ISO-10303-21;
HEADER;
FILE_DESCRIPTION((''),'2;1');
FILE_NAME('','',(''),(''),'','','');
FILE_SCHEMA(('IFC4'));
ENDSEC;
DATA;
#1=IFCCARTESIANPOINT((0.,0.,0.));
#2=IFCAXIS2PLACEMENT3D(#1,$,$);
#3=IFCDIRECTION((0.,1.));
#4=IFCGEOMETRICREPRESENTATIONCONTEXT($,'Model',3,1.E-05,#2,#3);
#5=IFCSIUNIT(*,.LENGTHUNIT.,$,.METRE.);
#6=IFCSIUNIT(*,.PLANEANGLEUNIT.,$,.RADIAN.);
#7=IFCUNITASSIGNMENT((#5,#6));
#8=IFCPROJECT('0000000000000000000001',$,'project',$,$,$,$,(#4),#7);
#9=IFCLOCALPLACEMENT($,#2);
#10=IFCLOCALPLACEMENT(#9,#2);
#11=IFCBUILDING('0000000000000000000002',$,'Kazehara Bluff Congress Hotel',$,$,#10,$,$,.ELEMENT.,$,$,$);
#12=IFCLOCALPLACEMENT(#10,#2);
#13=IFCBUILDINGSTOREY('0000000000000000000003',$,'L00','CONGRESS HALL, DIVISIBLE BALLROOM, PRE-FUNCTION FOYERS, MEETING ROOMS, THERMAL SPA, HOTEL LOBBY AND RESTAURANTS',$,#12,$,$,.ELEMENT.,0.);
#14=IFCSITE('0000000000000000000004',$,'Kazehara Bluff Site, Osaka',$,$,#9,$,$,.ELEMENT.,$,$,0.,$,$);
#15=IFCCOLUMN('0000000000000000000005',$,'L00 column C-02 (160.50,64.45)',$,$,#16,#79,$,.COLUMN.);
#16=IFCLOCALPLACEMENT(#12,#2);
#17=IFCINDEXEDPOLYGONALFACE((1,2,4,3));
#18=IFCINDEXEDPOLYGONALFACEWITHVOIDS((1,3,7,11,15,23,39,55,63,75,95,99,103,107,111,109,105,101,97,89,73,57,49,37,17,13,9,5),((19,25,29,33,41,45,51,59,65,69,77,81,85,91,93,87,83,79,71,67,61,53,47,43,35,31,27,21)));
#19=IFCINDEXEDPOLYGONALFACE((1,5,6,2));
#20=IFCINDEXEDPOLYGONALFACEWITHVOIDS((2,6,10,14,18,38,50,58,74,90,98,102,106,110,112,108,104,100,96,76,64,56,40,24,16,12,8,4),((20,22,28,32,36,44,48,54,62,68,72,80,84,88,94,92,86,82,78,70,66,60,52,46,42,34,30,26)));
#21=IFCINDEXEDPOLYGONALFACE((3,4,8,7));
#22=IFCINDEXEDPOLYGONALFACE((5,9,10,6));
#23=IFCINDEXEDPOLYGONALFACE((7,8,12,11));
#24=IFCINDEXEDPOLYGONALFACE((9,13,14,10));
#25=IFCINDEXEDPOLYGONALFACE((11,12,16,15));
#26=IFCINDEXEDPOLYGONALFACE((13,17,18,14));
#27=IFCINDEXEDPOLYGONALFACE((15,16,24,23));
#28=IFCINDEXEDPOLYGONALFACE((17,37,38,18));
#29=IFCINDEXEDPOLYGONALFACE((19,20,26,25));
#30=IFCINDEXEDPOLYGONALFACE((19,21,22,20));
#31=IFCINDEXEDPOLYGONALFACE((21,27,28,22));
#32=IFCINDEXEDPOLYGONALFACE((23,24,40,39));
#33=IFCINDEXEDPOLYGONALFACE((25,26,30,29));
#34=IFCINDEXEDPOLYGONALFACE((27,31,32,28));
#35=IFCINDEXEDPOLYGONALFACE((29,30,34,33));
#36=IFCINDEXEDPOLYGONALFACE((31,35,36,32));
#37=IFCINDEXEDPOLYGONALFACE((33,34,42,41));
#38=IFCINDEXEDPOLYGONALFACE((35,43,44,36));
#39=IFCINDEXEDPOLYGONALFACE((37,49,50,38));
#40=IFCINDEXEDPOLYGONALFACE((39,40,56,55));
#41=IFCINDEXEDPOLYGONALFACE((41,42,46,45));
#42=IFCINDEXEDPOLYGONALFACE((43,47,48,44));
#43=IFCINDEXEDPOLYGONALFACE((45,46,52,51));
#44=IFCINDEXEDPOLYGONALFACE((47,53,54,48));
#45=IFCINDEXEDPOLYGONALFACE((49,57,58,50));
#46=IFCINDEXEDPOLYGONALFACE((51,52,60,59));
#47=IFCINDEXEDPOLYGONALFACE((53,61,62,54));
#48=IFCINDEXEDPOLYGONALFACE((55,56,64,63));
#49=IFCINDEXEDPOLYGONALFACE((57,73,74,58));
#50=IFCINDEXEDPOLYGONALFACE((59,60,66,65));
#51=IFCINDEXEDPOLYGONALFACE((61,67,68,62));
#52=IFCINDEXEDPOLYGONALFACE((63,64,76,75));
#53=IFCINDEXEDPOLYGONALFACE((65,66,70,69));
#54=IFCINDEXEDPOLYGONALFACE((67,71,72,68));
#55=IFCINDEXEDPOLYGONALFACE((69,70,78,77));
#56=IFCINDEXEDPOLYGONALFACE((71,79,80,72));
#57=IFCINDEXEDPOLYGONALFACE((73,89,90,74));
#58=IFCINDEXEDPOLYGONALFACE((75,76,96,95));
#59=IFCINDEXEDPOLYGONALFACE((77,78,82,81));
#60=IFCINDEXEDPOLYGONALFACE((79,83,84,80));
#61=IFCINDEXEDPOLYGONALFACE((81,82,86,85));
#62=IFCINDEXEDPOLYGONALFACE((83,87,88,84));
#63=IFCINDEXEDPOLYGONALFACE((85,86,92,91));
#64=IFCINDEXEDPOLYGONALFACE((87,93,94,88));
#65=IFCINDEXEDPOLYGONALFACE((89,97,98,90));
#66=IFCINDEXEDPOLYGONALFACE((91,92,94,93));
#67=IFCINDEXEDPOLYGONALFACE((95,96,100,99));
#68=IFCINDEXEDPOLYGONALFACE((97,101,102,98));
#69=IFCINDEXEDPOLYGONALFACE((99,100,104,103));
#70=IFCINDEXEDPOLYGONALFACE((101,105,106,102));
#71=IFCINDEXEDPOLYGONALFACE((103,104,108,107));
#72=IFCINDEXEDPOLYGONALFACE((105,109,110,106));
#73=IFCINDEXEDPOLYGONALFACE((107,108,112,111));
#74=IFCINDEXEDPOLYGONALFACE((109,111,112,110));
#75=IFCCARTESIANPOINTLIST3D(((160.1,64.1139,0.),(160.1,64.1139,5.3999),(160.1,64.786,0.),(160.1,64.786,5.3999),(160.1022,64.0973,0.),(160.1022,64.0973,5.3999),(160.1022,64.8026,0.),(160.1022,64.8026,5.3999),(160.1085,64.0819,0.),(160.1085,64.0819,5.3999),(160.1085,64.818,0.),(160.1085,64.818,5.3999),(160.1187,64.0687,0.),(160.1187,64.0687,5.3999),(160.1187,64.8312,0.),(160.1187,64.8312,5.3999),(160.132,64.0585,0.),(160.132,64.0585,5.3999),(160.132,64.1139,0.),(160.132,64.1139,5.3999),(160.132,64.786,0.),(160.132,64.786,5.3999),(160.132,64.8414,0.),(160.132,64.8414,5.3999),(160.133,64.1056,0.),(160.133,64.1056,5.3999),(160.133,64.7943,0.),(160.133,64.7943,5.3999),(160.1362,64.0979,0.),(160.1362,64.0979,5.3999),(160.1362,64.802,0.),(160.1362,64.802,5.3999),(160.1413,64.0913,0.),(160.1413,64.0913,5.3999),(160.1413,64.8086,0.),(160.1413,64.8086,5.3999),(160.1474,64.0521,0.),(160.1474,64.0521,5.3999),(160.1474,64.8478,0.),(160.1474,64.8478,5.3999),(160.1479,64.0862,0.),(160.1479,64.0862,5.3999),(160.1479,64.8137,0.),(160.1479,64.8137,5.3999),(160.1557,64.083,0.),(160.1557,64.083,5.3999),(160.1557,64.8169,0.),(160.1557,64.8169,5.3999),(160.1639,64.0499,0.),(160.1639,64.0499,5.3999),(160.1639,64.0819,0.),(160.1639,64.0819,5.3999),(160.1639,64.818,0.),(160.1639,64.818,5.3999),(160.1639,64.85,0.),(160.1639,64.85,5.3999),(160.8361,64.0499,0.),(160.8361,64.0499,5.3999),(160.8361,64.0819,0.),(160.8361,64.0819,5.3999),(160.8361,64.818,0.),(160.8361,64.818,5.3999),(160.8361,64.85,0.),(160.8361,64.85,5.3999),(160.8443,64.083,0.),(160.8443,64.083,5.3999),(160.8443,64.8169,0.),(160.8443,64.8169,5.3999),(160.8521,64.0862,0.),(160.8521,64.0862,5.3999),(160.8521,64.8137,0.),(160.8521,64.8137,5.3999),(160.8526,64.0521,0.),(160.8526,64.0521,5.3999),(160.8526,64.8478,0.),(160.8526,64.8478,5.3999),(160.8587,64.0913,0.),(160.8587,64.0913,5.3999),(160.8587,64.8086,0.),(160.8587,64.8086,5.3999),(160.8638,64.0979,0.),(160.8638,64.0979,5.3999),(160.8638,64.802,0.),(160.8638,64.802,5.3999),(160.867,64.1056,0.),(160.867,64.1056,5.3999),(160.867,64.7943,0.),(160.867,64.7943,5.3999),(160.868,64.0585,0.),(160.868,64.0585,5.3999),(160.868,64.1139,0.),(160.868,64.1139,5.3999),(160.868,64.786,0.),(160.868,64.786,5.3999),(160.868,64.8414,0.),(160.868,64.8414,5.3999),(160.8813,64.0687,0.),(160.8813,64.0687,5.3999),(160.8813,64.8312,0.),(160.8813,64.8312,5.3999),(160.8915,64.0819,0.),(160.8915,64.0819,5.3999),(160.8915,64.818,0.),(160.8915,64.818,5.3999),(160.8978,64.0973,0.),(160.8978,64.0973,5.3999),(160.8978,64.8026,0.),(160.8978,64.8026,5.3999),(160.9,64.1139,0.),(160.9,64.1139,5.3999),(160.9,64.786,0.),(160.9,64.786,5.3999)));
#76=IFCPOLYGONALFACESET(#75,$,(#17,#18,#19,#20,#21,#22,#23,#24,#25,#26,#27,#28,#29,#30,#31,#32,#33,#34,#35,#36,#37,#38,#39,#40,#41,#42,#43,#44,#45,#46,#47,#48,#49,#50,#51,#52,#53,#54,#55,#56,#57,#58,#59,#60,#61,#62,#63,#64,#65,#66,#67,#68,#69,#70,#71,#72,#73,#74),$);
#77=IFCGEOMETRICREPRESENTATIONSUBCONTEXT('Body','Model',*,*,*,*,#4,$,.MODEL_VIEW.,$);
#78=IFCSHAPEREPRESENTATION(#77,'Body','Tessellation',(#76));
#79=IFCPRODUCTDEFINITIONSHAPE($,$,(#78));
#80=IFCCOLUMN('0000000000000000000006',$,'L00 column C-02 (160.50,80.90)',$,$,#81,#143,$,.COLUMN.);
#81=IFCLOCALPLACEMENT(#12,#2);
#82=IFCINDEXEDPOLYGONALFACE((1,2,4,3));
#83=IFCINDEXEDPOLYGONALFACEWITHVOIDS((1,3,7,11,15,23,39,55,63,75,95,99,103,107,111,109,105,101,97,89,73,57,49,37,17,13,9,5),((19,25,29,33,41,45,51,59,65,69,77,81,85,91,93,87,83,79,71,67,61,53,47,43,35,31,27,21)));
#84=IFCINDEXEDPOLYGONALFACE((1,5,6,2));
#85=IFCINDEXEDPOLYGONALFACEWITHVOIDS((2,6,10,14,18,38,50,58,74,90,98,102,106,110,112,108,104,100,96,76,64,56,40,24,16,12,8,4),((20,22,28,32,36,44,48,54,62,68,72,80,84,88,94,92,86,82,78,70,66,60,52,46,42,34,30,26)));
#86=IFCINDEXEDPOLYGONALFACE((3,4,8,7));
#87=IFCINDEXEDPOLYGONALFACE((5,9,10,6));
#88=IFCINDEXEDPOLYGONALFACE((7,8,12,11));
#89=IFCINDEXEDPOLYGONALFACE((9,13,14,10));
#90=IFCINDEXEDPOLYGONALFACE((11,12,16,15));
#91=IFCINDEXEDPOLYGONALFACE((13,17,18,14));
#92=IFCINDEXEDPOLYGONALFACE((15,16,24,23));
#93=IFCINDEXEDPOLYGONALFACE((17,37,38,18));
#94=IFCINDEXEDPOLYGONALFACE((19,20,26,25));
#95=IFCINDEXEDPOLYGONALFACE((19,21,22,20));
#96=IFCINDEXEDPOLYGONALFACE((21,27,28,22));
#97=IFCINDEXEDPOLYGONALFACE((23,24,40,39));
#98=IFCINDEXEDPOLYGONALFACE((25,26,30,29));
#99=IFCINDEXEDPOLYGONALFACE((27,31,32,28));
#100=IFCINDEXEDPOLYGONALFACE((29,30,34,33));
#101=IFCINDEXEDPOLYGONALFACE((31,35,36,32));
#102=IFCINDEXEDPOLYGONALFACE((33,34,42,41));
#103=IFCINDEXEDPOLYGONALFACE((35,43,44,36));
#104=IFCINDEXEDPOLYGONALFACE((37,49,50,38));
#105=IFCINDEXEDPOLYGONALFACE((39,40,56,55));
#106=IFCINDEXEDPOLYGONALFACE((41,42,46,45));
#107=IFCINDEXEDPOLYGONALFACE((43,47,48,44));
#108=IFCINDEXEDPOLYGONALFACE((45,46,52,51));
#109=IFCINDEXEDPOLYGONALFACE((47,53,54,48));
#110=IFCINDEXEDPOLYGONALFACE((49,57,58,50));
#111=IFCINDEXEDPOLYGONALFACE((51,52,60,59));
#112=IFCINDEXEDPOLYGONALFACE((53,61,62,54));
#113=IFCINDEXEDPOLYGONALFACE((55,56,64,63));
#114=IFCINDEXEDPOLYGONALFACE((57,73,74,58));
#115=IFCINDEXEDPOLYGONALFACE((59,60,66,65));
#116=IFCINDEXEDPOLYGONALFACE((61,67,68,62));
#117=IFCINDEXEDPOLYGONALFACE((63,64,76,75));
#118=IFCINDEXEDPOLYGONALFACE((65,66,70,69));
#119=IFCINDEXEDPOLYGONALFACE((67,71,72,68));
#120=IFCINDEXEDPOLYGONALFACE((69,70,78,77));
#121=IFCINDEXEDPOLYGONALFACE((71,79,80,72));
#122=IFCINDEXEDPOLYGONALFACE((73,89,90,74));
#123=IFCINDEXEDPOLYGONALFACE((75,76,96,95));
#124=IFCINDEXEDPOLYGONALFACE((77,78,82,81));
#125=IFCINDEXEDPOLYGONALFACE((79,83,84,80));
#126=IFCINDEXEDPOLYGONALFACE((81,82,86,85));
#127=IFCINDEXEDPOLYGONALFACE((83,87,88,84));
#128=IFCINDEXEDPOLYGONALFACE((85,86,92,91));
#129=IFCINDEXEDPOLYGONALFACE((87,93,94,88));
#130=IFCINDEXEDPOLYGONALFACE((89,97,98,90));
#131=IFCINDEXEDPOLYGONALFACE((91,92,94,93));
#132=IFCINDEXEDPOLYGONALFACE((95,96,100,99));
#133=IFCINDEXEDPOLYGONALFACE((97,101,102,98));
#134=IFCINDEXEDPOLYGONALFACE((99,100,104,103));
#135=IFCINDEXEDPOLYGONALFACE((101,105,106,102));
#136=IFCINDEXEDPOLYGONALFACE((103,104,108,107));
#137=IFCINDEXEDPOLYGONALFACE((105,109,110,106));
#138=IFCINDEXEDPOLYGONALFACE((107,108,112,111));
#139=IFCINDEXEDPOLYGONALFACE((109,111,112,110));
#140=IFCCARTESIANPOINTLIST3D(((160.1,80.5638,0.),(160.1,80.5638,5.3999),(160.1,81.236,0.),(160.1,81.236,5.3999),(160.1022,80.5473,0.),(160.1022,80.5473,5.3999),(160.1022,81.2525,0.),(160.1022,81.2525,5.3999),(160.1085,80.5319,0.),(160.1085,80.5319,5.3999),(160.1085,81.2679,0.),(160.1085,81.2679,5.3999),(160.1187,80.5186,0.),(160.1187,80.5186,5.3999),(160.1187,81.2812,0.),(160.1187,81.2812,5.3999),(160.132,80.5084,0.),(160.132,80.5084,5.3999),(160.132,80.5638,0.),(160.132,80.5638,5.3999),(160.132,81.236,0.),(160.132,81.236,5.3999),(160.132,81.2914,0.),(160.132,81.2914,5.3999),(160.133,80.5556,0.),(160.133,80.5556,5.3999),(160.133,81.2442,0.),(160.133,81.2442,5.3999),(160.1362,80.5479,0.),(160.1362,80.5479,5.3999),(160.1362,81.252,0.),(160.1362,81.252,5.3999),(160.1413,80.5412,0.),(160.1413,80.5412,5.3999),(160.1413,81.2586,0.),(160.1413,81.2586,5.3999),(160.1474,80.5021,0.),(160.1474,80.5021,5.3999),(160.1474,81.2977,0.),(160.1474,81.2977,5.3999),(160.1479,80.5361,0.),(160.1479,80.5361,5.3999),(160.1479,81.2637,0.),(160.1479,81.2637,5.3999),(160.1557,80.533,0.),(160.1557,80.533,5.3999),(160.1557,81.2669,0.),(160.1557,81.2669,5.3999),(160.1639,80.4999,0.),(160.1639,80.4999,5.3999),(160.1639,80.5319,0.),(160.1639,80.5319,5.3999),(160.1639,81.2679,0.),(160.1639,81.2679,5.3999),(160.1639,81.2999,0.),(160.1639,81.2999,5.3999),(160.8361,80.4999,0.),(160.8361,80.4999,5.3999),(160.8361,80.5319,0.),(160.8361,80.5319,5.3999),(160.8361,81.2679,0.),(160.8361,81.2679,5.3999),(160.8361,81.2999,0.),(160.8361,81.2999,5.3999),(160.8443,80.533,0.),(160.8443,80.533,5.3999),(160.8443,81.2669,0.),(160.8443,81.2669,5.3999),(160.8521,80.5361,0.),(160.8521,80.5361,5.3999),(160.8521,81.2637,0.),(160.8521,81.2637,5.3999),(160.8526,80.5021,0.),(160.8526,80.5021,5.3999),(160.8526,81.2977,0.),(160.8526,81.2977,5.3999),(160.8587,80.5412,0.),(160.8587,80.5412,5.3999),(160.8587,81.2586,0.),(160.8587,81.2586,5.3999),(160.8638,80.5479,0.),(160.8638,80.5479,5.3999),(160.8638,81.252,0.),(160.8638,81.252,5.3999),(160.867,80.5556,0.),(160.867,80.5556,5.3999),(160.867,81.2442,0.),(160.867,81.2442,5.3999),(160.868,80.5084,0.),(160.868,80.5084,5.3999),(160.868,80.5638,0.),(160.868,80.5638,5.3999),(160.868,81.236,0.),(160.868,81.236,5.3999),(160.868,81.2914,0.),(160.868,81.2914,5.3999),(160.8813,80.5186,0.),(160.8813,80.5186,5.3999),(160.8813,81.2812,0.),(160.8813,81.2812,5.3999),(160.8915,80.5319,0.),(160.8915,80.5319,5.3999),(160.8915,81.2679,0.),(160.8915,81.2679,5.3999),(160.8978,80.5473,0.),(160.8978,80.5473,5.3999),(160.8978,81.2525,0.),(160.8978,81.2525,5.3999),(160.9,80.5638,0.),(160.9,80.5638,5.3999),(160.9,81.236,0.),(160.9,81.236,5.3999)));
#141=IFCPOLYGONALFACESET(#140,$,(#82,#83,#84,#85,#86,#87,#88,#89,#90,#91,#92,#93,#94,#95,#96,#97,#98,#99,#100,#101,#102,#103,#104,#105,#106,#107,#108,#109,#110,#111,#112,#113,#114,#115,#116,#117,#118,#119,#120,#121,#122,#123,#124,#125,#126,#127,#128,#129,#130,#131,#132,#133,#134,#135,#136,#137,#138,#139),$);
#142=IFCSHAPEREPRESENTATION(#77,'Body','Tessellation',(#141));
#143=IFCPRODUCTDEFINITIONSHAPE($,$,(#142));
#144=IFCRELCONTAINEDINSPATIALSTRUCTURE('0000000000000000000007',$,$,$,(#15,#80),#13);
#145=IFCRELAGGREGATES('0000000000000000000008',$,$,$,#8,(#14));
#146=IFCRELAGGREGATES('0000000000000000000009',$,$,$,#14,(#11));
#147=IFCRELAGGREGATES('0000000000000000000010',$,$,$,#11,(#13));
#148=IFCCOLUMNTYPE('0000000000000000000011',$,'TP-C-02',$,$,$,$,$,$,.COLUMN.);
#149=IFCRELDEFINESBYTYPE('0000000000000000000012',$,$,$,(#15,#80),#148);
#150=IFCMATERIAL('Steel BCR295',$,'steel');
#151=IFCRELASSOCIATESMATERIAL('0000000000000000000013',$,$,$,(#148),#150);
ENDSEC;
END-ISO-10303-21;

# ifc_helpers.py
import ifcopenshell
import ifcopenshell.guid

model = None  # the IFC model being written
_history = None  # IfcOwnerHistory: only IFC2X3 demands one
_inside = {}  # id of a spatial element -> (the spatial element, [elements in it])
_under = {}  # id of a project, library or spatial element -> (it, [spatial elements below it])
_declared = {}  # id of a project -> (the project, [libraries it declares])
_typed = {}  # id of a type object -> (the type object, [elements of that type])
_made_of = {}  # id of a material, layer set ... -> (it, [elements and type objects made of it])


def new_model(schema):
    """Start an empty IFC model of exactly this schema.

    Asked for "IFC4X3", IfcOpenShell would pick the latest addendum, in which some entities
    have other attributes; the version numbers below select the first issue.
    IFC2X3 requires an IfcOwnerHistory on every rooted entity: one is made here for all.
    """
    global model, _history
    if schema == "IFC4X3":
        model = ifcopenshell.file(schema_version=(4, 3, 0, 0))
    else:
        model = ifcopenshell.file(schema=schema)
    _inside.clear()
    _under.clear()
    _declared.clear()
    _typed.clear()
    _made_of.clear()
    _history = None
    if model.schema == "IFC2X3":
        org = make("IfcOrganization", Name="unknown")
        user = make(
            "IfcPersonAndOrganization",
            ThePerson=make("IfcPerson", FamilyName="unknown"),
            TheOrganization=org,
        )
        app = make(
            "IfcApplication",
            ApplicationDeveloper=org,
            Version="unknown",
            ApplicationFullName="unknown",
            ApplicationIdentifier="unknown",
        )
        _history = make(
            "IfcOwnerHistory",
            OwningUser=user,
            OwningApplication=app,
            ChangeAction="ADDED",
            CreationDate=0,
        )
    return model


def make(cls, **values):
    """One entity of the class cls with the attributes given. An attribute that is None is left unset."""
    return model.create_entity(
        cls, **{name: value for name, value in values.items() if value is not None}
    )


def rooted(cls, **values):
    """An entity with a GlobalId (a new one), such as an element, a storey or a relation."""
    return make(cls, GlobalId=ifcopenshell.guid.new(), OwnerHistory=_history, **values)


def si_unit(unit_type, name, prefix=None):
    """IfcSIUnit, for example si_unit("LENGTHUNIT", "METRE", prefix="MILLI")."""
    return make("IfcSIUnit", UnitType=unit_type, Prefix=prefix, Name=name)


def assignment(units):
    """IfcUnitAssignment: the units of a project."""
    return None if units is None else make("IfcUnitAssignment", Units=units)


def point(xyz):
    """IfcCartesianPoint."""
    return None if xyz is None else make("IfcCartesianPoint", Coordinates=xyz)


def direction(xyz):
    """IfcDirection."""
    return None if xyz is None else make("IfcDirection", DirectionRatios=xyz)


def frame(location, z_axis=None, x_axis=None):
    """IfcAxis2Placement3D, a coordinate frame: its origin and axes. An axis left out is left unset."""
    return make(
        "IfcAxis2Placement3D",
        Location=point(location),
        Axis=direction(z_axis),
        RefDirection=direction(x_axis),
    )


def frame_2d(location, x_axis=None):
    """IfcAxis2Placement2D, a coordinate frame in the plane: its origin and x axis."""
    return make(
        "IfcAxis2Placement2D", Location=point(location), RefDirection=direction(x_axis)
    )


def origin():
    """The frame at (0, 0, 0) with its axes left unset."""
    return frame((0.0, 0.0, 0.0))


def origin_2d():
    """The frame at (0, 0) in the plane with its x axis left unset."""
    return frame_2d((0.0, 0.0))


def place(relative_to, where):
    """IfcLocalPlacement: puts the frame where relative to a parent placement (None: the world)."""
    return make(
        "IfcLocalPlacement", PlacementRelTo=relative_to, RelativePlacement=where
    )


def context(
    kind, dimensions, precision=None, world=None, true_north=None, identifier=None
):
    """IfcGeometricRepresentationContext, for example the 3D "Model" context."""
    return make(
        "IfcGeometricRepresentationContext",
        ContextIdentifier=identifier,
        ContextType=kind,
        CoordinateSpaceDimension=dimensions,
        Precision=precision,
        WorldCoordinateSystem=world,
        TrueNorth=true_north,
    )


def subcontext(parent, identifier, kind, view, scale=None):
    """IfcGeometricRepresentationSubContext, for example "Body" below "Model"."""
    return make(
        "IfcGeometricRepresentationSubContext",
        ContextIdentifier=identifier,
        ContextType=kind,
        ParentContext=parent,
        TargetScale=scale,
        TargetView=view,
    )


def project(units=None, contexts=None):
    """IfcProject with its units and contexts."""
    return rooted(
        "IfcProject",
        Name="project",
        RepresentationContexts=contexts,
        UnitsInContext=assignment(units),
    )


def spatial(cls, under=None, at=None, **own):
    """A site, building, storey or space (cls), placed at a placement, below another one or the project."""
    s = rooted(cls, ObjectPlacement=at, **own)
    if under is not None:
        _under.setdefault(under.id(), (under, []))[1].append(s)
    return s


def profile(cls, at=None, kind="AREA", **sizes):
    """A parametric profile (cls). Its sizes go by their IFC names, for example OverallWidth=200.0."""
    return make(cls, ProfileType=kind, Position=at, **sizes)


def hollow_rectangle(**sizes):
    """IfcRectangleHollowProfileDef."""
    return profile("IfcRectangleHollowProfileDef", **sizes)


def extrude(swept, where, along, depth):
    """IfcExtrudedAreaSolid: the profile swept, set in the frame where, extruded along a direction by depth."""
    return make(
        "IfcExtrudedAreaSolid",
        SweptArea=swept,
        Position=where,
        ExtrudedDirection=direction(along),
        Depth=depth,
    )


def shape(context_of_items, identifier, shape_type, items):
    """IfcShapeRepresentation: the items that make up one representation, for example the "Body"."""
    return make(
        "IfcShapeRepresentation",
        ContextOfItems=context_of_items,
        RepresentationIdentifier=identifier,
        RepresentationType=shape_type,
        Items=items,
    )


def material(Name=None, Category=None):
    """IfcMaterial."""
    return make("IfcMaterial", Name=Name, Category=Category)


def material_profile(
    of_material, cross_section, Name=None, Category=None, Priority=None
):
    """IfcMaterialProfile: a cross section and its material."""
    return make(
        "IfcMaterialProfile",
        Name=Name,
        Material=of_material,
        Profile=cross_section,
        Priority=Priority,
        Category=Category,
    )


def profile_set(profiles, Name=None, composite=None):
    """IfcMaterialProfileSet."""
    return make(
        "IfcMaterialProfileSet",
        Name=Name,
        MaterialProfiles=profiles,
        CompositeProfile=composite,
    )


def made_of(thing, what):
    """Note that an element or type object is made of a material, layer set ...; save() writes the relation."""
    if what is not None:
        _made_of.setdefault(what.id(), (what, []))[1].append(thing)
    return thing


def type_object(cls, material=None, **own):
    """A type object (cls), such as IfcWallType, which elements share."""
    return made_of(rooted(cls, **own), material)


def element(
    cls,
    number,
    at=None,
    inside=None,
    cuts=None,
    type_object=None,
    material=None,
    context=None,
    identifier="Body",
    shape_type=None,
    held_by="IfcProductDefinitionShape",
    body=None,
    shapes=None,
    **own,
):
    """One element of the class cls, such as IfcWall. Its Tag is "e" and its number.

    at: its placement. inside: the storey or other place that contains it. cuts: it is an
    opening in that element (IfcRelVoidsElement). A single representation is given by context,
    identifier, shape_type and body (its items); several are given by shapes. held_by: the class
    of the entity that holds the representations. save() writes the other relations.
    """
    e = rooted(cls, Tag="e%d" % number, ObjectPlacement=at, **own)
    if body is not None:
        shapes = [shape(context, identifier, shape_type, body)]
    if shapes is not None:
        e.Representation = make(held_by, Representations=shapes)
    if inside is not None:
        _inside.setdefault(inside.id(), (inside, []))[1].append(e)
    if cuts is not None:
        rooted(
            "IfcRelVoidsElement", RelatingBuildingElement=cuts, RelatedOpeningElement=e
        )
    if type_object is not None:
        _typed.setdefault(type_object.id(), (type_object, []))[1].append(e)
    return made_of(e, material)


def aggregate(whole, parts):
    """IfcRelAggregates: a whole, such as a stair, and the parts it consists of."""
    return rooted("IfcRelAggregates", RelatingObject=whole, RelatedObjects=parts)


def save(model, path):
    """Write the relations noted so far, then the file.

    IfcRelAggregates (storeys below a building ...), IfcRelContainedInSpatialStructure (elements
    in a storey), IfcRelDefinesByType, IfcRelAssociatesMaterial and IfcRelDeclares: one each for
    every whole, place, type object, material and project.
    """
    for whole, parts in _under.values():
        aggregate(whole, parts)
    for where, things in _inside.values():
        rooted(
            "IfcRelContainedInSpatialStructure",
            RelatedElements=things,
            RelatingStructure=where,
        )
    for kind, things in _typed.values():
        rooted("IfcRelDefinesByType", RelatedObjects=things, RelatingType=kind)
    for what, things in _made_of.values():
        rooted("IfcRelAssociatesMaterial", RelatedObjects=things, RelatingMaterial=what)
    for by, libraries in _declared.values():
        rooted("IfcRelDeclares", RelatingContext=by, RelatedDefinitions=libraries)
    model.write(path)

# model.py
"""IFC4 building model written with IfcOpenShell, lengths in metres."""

from ifc_helpers import new_model, si_unit, direction, frame, origin, origin_2d, place, context, subcontext, project, spatial, hollow_rectangle, extrude, material, material_profile, profile_set, type_object, element, save


model = new_model("IFC4")

# Units and contexts
model_context = context("Model", 3, precision=1e-05, world=origin(), true_north=direction((0.0, 1.0)))
body_context = subcontext(model_context, "Body", "Model", "MODEL_VIEW")
ifc_project = project(units=[si_unit("LENGTHUNIT", "METRE"), si_unit("PLANEANGLEUNIT", "RADIAN")], contexts=[model_context])

# Site, building, storey
site_placement = place(None, origin())
site = spatial("IfcSite", under=ifc_project, at=site_placement, Name="Kazehara Bluff Site, Osaka", CompositionType="ELEMENT", RefElevation=0.0)
building_placement = place(site_placement, origin())
building = spatial("IfcBuilding", under=site, at=building_placement, Name="Kazehara Bluff Congress Hotel", CompositionType="ELEMENT")
storey_placement = place(building_placement, origin())
storey = spatial("IfcBuildingStorey", under=building, at=storey_placement, Name="L00", Description="CONGRESS HALL, DIVISIBLE BALLROOM, PRE-FUNCTION FOYERS, MEETING ROOMS, THERMAL SPA, HOTEL LOBBY AND RESTAURANTS", CompositionType="ELEMENT", Elevation=0.0)

# Columns
ifc_material_1 = material(Name="Steel BCR295", Category="steel")
ifc_material_profile_1 = material_profile(ifc_material_1, hollow_rectangle(XDim=0.8, YDim=0.8, WallThickness=0.032, InnerFilletRadius=0.032, OuterFilletRadius=0.064, at=origin_2d()))
ifc_profile_set_1 = profile_set([ifc_material_profile_1], Name="Steel BCR295")
column_type_1 = type_object("IfcColumnType", Name="TP-C-02", PredefinedType="COLUMN", material=ifc_profile_set_1)
for number, where, z_axis, x_axis, name in (
    (1, (160.5, 64.45, 0.0), (0.0, 0.0, 1.0), (1.0, 0.0, 0.0), "L00 column C-02 (160.50,64.45)"),
    (2, (160.5, 80.8999, 0.0), (0.0, 0.0, 1.0), (1.0, 0.0, 0.0), "L00 column C-02 (160.50,80.90)"),
):
    element("IfcColumn", number, at=place(storey_placement, frame(where, z_axis=z_axis, x_axis=x_axis)), inside=storey, type_object=column_type_1, Name=name, PredefinedType="COLUMN", context=body_context, shape_type="SweptSolid", body=[
        extrude(hollow_rectangle(XDim=0.8, YDim=0.8, WallThickness=0.032, InnerFilletRadius=0.032, OuterFilletRadius=0.064, at=origin_2d()), origin(), (0.0, 0.0, 1.0), 5.3999),
    ])

save(model, "model.ifc")
